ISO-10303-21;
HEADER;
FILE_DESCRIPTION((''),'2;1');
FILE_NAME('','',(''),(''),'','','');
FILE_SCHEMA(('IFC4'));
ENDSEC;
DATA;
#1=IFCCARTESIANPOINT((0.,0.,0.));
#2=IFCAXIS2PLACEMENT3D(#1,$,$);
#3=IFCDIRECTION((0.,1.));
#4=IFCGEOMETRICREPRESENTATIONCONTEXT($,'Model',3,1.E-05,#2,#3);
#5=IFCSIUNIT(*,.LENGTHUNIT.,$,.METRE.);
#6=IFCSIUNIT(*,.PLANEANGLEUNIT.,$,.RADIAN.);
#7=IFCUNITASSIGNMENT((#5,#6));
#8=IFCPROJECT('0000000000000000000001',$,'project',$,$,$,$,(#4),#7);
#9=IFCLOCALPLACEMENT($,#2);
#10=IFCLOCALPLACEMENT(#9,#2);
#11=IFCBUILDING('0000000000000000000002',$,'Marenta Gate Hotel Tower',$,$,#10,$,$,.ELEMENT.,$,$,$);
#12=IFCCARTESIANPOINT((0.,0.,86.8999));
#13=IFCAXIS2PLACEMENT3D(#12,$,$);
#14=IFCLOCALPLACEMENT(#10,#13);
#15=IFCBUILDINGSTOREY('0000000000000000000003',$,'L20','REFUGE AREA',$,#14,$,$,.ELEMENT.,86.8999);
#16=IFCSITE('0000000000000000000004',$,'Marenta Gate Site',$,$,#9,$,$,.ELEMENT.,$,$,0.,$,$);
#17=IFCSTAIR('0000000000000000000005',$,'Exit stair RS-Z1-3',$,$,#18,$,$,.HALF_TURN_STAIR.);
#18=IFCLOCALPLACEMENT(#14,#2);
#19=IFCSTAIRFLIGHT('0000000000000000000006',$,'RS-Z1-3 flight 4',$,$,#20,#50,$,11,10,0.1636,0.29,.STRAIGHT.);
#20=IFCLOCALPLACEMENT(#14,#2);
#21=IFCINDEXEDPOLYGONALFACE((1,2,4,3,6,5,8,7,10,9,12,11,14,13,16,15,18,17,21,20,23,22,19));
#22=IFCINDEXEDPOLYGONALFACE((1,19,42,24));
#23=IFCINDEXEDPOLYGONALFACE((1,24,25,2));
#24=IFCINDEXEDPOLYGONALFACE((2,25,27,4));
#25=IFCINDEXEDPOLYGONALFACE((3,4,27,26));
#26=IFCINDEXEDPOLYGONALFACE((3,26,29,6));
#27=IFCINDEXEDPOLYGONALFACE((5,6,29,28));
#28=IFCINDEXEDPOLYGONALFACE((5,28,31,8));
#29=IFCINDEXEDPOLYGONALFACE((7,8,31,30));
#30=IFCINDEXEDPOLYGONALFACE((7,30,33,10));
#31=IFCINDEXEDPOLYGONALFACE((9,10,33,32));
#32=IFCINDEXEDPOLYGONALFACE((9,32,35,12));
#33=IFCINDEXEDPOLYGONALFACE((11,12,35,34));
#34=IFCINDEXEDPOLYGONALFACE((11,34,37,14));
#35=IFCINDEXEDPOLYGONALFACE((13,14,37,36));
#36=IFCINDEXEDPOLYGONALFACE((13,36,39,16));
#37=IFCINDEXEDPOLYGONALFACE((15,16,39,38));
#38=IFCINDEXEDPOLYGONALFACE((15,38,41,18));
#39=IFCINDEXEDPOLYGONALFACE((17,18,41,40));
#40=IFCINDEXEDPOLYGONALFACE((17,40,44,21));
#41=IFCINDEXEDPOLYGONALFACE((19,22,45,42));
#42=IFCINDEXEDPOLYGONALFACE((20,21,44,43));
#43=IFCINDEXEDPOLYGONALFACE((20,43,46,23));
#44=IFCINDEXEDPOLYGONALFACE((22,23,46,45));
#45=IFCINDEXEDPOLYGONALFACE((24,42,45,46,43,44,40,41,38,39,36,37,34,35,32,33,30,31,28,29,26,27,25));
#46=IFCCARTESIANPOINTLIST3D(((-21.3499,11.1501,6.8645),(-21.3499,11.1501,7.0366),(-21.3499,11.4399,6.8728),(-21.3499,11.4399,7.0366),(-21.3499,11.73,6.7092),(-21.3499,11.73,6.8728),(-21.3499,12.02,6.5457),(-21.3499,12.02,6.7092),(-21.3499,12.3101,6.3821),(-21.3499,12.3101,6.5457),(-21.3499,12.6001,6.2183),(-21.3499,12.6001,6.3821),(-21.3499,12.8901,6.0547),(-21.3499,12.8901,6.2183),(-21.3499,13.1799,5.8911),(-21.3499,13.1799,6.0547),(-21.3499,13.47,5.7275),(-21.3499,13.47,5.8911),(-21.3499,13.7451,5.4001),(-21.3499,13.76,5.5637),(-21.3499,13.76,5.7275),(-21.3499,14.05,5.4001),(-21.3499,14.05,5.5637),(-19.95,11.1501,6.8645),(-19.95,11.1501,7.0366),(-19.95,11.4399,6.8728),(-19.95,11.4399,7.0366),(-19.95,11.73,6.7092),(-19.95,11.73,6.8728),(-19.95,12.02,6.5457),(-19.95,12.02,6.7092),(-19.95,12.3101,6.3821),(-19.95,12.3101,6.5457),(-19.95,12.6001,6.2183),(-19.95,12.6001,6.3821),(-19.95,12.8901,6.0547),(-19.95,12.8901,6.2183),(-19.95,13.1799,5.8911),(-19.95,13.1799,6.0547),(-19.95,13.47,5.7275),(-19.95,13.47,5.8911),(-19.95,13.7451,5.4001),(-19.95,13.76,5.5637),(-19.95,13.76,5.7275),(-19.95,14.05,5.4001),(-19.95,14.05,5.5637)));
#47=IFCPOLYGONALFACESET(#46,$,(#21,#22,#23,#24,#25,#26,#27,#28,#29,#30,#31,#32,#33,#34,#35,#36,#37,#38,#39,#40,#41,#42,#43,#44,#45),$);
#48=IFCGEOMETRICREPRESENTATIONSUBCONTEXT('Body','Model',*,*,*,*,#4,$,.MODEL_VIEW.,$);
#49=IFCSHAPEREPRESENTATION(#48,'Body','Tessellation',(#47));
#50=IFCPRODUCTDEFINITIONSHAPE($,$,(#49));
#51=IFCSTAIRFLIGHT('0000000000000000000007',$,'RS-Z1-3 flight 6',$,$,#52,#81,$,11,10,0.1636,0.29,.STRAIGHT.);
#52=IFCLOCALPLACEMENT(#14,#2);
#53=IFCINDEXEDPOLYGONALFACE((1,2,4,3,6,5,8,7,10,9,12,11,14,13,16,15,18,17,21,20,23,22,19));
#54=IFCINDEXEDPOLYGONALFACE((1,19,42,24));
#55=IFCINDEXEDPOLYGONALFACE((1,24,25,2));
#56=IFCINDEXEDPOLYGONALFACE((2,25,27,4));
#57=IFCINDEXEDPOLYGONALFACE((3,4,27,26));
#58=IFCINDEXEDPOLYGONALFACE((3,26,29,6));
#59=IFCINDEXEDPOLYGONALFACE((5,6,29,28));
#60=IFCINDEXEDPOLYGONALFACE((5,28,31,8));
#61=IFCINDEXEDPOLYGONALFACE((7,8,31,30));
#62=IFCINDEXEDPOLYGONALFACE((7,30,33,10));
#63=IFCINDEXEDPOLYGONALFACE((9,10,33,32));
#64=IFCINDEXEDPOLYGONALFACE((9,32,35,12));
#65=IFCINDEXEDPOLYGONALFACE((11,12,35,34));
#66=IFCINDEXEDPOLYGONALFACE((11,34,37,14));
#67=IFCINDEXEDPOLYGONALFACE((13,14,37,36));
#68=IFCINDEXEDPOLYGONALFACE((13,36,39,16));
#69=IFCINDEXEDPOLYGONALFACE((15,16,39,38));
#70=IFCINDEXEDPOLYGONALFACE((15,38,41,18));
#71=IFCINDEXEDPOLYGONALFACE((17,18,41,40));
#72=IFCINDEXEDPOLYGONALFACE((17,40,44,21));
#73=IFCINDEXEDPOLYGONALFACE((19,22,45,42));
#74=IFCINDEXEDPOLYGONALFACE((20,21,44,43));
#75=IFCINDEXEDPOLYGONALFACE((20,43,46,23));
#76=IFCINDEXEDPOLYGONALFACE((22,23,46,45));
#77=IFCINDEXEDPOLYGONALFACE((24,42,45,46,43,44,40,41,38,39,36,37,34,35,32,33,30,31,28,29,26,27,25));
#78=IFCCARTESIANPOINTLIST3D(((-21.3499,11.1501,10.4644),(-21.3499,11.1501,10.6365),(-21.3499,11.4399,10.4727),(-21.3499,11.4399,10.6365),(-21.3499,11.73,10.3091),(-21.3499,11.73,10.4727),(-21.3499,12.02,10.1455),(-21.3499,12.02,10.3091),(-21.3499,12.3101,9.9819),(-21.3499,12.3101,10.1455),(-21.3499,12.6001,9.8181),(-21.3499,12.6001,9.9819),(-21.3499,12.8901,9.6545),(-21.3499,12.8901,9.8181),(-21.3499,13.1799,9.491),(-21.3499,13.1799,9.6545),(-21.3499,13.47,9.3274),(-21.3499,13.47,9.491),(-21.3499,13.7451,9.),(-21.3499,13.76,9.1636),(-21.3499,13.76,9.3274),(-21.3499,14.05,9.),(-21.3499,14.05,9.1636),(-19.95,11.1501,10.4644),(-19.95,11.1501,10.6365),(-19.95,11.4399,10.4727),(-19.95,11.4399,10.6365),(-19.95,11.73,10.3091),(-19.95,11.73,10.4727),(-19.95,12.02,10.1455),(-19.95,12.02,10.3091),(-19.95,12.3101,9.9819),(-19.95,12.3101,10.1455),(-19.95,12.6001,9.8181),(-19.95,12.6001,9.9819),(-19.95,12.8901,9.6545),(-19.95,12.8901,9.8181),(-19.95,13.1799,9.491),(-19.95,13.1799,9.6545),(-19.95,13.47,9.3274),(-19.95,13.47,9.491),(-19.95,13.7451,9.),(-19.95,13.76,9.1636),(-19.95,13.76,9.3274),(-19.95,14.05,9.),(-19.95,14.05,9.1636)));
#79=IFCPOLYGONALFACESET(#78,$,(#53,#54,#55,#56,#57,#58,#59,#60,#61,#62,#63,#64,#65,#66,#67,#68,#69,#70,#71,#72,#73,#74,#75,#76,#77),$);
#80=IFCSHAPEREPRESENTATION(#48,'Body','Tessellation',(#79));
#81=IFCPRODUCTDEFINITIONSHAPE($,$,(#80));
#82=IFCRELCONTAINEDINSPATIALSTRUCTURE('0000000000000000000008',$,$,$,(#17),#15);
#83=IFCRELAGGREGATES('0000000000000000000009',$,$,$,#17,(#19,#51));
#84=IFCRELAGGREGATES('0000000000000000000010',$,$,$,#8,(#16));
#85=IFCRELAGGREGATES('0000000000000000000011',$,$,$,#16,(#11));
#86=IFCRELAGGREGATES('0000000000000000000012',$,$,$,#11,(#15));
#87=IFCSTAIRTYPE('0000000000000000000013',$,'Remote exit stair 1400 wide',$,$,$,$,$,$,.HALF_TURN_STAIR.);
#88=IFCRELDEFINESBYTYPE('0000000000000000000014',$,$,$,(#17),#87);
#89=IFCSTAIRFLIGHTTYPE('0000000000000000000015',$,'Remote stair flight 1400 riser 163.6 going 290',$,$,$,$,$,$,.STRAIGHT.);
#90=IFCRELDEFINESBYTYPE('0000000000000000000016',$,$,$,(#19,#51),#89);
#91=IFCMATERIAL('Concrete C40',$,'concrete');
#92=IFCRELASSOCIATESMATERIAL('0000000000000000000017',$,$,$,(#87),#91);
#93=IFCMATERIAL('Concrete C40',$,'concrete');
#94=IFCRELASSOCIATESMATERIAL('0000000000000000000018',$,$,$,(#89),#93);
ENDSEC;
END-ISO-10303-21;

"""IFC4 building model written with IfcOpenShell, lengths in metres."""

from ifc_helpers import new_model, si_unit, direction, frame, origin, place, context, subcontext, project, spatial, polyline, outline, extrude, material, type_object, element, aggregate, save


model = new_model("IFC4")

# Units and contexts
model_context = context("Model", 3, precision=1e-05, world=origin(), true_north=direction((0.0, 1.0)))
body_context = subcontext(model_context, "Body", "Model", "MODEL_VIEW")
ifc_project = project(units=[si_unit("LENGTHUNIT", "METRE"), si_unit("PLANEANGLEUNIT", "RADIAN")], contexts=[model_context])

# Site, building, storey
site_placement = place(None, origin())
site = spatial("IfcSite", under=ifc_project, at=site_placement, Name="Marenta Gate Site", CompositionType="ELEMENT", RefElevation=0.0)
building_placement = place(site_placement, origin())
building = spatial("IfcBuilding", under=site, at=building_placement, Name="Marenta Gate Hotel Tower", CompositionType="ELEMENT")
storey_placement = place(building_placement, frame((0.0, 0.0, 86.8999)))
storey = spatial("IfcBuildingStorey", under=building, at=storey_placement, Name="L20", Description="REFUGE AREA", CompositionType="ELEMENT", Elevation=86.8999)

# Stair, stair flights
ifc_material_1 = material(Name="Concrete C40", Category="concrete")
stair_type = type_object("IfcStairType", Name="Remote exit stair 1400 wide", PredefinedType="HALF_TURN_STAIR", material=ifc_material_1)
stair_placement = place(storey_placement, origin())
stair = element("IfcStair", 1, at=stair_placement, inside=storey, type_object=stair_type, Name="Exit stair RS-Z1-3", PredefinedType="HALF_TURN_STAIR")
ifc_material_2 = material(Name="Concrete C40", Category="concrete")
stair_flight_type = type_object("IfcStairFlightType", Name="Remote stair flight 1400 riser 163.6 going 290", PredefinedType="STRAIGHT", material=ifc_material_2)
stair_flight_1_placement = place(storey_placement, frame((-20.6499, 14.05, 5.4001), z_axis=(0.0, 0.0, 1.0), x_axis=(0.0, -1.0, 0.0)))
stair_flight_1 = element("IfcStairFlight", 2, at=stair_flight_1_placement, type_object=stair_flight_type, Name="RS-Z1-3 flight 4", NumberOfRisers=11, NumberOfTreads=10, PredefinedType="STRAIGHT", RiserHeight=0.1636, TreadLength=0.29, context=body_context, shape_type="SweptSolid", body=[
    extrude(outline(polyline([(0.0, 0.0), (0.0, 0.1636), (0.29, 0.1636), (0.29, 0.3274), (0.5801, 0.3274), (0.5801, 0.491), (0.8701, 0.491), (0.8701, 0.6545), (1.1599, 0.6545), (1.1599, 0.8181), (1.45, 0.8181), (1.45, 0.9819), (1.74, 0.9819), (1.74, 1.1455), (2.03, 1.1455), (2.03, 1.3091), (2.3201, 1.3091), (2.3201, 1.4727), (2.6101, 1.4727), (2.6101, 1.6365), (2.8999, 1.6365), (2.8999, 1.8), (2.8999, 1.4644), (0.3049, 0.0), (0.0, 0.0)])), frame((0.0, 0.7, 0.0), z_axis=(0.0, -1.0, 0.0), x_axis=(1.0, 0.0, 0.0)), (0.0, 0.0, 1.0), 1.3999),
])
stair_flight_2_placement = place(storey_placement, frame((-20.6499, 14.05, 9.0), z_axis=(0.0, 0.0, 1.0), x_axis=(0.0, -1.0, 0.0)))
stair_flight_2 = element("IfcStairFlight", 3, at=stair_flight_2_placement, type_object=stair_flight_type, Name="RS-Z1-3 flight 6", NumberOfRisers=11, NumberOfTreads=10, PredefinedType="STRAIGHT", RiserHeight=0.1636, TreadLength=0.29, context=body_context, shape_type="SweptSolid", body=[
    extrude(outline(polyline([(0.0, 0.0), (0.0, 0.1636), (0.29, 0.1636), (0.29, 0.3274), (0.5801, 0.3274), (0.5801, 0.491), (0.8701, 0.491), (0.8701, 0.6545), (1.1599, 0.6545), (1.1599, 0.8181), (1.45, 0.8181), (1.45, 0.9819), (1.74, 0.9819), (1.74, 1.1455), (2.03, 1.1455), (2.03, 1.3091), (2.3201, 1.3091), (2.3201, 1.4727), (2.6101, 1.4727), (2.6101, 1.6365), (2.8999, 1.6365), (2.8999, 1.8), (2.8999, 1.4644), (0.3049, 0.0), (0.0, 0.0)])), frame((0.0, 0.7, 0.0), z_axis=(0.0, -1.0, 0.0), x_axis=(1.0, 0.0, 0.0)), (0.0, 0.0, 1.0), 1.3999),
])
aggregate(stair, [stair_flight_1, stair_flight_2])

save(model, "model.ifc")
